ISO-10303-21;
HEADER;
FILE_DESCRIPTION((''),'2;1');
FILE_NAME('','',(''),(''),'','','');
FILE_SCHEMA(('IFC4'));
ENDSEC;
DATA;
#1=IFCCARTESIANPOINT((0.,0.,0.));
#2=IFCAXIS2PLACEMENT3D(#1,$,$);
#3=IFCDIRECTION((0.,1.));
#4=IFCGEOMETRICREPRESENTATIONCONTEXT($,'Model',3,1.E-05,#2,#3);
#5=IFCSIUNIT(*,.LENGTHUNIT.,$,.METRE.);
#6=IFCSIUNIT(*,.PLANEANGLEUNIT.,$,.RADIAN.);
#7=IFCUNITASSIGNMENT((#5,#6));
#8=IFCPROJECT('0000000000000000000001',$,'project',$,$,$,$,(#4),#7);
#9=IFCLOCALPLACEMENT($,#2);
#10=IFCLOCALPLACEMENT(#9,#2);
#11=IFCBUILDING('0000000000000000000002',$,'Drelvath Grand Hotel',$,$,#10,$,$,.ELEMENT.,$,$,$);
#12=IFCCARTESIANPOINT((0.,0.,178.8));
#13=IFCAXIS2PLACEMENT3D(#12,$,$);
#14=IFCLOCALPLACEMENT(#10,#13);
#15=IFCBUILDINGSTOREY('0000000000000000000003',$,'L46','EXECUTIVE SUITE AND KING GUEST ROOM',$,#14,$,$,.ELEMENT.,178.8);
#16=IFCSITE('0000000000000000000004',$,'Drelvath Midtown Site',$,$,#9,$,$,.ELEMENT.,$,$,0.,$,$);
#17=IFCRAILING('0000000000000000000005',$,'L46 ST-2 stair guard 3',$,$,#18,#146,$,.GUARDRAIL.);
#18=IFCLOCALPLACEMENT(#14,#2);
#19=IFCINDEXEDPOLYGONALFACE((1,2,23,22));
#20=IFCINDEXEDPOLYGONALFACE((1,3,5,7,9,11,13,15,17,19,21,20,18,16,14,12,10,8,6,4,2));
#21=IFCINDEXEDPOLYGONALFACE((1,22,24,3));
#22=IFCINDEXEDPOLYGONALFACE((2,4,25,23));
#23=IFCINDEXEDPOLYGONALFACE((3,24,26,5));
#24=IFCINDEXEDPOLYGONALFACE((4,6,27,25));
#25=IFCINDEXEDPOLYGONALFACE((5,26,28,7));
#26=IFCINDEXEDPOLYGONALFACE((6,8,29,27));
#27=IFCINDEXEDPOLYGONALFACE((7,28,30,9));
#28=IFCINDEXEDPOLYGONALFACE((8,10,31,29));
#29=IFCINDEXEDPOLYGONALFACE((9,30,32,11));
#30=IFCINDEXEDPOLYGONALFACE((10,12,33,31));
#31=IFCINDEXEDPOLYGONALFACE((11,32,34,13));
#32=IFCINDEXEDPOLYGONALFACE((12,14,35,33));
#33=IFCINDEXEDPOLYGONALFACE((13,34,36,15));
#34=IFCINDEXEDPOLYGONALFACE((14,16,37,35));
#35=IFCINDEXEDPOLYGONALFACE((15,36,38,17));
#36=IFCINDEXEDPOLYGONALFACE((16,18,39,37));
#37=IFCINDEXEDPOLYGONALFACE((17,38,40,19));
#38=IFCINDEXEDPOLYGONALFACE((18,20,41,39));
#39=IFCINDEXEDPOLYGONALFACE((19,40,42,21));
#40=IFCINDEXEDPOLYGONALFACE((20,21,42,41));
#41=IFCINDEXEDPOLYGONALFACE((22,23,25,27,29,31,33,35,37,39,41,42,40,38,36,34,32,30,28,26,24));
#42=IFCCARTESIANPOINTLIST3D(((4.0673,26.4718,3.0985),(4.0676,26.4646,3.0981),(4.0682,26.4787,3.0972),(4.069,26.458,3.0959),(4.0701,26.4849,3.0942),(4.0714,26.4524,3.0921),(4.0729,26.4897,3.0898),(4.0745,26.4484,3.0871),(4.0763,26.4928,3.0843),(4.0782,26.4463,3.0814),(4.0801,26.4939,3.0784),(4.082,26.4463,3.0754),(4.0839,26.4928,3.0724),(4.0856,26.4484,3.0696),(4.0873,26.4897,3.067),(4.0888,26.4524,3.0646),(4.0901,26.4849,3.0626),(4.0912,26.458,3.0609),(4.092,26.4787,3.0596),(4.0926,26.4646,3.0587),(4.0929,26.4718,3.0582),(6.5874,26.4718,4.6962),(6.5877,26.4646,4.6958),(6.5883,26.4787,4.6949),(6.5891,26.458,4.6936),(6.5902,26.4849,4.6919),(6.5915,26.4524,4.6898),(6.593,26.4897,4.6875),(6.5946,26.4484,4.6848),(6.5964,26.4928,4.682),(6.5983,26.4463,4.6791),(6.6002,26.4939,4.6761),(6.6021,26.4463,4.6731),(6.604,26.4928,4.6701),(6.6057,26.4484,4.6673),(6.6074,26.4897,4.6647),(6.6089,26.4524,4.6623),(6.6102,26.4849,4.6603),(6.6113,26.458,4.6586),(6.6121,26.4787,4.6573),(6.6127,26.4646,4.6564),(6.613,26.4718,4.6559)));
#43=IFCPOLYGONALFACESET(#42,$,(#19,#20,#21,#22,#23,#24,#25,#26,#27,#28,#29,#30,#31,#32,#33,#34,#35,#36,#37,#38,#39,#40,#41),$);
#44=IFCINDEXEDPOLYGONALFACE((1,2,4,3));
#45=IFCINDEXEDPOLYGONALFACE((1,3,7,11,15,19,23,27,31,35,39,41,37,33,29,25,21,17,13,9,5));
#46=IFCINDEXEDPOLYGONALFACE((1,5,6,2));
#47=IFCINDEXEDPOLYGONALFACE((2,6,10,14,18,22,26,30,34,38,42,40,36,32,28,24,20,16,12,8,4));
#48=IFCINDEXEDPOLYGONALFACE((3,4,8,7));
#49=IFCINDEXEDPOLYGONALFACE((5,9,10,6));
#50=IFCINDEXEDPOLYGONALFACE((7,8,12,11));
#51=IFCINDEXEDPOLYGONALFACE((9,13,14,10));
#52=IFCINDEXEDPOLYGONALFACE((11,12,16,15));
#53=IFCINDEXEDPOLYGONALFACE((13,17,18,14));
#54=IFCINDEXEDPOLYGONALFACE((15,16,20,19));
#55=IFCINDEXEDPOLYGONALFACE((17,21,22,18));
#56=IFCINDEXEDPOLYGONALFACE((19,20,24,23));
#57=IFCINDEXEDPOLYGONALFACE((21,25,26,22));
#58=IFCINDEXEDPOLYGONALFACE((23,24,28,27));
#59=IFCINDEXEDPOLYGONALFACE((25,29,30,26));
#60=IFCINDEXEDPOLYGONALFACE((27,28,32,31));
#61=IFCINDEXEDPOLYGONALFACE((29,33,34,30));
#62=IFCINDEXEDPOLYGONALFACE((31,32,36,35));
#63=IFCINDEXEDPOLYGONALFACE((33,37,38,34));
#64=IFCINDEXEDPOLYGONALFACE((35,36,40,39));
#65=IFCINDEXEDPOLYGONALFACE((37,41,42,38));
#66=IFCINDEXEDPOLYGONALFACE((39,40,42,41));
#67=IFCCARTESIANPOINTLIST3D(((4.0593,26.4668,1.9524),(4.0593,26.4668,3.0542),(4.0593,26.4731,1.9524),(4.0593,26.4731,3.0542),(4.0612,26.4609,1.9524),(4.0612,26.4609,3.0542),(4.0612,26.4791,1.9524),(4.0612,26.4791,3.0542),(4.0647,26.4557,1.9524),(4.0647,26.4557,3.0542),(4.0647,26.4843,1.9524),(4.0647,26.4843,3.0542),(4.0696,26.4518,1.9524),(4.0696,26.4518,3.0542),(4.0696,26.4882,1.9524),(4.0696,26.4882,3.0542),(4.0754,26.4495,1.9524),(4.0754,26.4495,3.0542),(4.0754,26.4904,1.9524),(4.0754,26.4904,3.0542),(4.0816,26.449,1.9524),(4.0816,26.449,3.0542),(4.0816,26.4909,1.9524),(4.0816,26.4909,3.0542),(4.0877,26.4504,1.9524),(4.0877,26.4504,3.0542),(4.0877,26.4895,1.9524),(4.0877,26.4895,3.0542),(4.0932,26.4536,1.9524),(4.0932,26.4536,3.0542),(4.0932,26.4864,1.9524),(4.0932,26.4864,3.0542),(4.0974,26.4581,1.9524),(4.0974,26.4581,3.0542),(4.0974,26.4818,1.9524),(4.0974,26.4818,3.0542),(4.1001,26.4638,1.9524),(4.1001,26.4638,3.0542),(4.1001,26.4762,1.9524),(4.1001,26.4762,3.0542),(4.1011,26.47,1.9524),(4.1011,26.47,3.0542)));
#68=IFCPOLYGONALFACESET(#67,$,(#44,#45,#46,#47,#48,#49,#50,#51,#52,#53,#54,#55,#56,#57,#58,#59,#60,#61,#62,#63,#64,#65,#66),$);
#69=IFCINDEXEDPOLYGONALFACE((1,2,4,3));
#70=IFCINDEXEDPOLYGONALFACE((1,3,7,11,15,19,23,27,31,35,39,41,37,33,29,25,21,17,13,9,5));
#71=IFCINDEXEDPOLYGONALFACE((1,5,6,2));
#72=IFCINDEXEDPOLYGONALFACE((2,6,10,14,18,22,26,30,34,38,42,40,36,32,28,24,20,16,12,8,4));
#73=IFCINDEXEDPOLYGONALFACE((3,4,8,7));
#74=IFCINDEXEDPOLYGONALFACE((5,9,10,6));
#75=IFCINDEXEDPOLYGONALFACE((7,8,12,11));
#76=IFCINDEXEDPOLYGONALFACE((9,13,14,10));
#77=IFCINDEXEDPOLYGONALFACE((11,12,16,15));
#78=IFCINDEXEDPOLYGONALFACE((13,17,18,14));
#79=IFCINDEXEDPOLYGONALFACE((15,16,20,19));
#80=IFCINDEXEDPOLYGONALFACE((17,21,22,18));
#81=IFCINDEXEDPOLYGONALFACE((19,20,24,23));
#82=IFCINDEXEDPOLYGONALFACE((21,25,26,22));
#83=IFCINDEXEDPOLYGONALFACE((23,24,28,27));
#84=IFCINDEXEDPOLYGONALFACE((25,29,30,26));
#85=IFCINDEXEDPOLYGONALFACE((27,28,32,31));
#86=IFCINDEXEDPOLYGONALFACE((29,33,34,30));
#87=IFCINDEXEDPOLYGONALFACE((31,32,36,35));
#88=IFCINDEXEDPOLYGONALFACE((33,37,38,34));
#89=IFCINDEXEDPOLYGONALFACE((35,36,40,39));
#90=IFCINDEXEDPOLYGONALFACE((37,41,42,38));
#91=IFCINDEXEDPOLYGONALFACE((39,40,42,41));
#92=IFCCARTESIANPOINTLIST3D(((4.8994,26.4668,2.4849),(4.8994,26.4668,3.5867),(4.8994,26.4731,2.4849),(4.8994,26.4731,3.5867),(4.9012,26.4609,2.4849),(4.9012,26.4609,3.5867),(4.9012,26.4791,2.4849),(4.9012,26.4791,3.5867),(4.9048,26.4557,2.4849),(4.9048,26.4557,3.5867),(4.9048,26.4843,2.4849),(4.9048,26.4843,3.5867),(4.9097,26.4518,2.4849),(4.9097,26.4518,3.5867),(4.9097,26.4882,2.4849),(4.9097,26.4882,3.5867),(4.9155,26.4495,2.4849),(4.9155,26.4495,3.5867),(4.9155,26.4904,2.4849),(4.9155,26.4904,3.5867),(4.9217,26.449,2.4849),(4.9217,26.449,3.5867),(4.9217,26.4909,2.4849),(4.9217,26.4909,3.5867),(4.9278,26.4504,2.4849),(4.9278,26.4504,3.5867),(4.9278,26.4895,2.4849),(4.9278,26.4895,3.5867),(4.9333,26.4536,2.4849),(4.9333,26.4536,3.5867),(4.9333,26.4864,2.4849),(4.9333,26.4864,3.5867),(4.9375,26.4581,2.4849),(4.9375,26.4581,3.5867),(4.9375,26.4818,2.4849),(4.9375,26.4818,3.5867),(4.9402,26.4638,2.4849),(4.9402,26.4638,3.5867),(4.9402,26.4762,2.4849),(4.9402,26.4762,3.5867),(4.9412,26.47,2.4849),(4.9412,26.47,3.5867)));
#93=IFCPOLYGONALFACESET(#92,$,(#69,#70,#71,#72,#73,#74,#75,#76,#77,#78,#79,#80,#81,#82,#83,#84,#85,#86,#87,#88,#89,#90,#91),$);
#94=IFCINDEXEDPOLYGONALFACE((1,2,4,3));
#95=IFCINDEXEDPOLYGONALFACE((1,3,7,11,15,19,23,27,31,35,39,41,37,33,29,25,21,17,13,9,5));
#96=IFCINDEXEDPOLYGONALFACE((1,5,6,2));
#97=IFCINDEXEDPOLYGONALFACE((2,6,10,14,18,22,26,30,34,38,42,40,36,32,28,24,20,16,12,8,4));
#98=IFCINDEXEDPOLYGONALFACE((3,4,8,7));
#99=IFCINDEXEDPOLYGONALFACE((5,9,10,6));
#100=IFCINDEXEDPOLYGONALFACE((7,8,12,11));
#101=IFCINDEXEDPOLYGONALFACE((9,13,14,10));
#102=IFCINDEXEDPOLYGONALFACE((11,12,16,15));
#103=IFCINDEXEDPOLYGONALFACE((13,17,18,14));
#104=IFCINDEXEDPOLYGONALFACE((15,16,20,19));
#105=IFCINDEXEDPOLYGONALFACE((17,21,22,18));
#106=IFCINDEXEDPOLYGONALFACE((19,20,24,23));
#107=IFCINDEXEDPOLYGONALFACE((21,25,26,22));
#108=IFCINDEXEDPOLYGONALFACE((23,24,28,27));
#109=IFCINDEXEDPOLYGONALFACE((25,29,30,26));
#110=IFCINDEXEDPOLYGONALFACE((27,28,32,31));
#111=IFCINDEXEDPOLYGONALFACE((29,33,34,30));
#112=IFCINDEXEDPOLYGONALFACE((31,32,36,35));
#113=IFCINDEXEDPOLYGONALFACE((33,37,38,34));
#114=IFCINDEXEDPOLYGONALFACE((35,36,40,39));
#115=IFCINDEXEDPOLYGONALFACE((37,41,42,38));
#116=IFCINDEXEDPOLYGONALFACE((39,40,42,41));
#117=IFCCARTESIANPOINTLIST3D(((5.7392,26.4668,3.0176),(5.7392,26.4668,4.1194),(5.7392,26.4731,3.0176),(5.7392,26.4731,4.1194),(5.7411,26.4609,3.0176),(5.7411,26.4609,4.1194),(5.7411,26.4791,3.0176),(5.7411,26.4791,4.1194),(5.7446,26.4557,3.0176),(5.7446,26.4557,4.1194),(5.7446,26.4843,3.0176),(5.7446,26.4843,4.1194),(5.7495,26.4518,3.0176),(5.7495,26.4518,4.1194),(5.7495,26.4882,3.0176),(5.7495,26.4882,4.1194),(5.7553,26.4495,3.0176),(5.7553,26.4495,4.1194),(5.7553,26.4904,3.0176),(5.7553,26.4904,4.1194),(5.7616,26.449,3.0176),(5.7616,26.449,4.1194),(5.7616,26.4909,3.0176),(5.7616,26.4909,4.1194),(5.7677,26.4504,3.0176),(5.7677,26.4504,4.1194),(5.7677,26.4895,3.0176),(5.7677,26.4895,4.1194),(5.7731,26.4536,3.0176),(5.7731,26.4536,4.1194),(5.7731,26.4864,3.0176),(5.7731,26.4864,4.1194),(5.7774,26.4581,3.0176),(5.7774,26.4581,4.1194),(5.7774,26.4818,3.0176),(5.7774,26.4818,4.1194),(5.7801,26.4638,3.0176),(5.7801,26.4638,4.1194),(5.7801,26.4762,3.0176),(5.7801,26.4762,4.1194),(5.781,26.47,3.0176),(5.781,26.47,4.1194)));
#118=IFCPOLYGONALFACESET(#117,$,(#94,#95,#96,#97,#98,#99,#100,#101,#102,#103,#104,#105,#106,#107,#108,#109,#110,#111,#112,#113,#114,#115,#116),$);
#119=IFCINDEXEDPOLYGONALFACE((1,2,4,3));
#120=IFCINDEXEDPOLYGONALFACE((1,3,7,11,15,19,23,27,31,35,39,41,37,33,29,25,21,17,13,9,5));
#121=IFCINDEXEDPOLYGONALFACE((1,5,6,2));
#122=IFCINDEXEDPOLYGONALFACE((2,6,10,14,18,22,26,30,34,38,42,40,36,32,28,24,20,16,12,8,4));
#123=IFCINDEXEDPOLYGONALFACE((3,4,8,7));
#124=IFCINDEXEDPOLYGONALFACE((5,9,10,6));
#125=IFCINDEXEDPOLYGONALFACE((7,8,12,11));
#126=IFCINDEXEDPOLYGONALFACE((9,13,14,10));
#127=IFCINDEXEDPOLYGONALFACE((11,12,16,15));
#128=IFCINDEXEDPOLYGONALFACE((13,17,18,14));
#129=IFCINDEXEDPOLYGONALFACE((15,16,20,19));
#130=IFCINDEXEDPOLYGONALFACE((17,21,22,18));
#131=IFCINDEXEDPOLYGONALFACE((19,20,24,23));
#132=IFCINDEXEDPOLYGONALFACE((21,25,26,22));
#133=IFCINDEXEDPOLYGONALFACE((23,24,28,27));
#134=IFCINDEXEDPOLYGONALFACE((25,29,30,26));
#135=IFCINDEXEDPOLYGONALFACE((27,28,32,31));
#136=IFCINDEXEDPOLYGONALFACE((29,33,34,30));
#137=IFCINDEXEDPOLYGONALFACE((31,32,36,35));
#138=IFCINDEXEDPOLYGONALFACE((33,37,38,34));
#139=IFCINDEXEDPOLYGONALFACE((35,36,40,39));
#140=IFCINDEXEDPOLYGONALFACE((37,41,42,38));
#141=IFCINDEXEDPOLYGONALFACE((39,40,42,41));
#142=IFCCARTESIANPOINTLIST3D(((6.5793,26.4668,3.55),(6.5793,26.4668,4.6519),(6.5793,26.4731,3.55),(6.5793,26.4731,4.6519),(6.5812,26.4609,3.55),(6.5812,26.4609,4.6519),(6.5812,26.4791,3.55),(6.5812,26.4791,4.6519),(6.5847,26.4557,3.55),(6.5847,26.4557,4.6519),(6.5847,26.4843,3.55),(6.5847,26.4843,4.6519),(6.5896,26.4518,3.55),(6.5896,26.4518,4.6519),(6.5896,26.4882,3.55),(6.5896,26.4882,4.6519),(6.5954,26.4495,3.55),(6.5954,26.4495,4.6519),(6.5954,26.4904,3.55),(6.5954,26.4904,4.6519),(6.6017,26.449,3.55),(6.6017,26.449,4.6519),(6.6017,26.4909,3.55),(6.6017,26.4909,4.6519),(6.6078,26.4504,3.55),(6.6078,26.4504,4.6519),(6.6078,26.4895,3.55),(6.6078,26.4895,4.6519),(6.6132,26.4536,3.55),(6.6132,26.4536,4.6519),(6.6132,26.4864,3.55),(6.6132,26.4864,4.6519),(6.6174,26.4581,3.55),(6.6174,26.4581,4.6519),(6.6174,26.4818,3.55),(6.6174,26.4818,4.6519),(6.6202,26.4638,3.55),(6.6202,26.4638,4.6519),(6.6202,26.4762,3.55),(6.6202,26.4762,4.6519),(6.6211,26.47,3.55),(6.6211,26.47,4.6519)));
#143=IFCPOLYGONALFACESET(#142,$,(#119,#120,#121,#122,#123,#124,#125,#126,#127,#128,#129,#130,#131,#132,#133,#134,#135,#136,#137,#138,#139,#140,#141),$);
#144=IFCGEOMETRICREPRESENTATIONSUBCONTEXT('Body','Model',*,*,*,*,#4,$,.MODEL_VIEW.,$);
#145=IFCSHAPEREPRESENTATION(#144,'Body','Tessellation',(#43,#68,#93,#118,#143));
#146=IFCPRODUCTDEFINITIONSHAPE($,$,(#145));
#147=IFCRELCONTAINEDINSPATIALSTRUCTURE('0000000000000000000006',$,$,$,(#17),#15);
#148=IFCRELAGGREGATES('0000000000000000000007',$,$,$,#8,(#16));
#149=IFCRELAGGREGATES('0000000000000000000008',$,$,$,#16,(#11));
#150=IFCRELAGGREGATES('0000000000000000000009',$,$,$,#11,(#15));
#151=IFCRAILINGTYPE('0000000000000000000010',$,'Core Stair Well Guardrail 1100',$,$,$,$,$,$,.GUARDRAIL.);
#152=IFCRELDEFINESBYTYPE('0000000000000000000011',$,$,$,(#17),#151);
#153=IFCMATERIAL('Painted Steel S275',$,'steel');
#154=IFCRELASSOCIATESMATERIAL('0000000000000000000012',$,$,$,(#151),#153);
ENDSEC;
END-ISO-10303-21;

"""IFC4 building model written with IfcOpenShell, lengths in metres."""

from ifc_helpers import new_model, si_unit, direction, frame, origin, origin_2d, place, context, subcontext, project, spatial, circle, extrude, material, type_object, element, save


model = new_model("IFC4")

# Units and contexts
model_context = context("Model", 3, precision=1e-05, world=origin(), true_north=direction((0.0, 1.0)))
body_context = subcontext(model_context, "Body", "Model", "MODEL_VIEW")
ifc_project = project(units=[si_unit("LENGTHUNIT", "METRE"), si_unit("PLANEANGLEUNIT", "RADIAN")], contexts=[model_context])

# Site, building, storey
site_placement = place(None, origin())
site = spatial("IfcSite", under=ifc_project, at=site_placement, Name="Drelvath Midtown Site", CompositionType="ELEMENT", RefElevation=0.0)
building_placement = place(site_placement, origin())
building = spatial("IfcBuilding", under=site, at=building_placement, Name="Drelvath Grand Hotel", CompositionType="ELEMENT")
storey_placement = place(building_placement, frame((0.0, 0.0, 178.8)))
storey = spatial("IfcBuildingStorey", under=building, at=storey_placement, Name="L46", Description="EXECUTIVE SUITE AND KING GUEST ROOM", CompositionType="ELEMENT", Elevation=178.8)

# Shared definitions
ifc_material_1 = material(Name="Painted Steel S275", Category="steel")

# Railing
railing_type_1 = type_object("IfcRailingType", Name="Core Stair Well Guardrail 1100", PredefinedType="GUARDRAIL", material=ifc_material_1)
railing_1_placement = place(storey_placement, frame((4.0801, 26.47, 1.9524)))
element("IfcRailing", 1, at=railing_1_placement, inside=storey, type_object=railing_type_1, Name="L46 ST-2 stair guard 3", PredefinedType="GUARDRAIL", context=body_context, shape_type="SweptSolid", body=[
    extrude(circle(Radius=0.0239, at=origin_2d()), frame((0.0, 0.0, 1.126), z_axis=(0.84457, 0.0, 0.535445), x_axis=(0.0, 1.0, 0.0)), (0.0, 0.0, 1.0), 2.9839),
    extrude(circle(Radius=0.021, at=origin_2d()), origin(), (0.0, 0.0, 1.0), 1.1018),
    extrude(circle(Radius=0.021, at=origin_2d()), frame((0.8401, 0.0, 0.5325)), (0.0, 0.0, 1.0), 1.1018),
    extrude(circle(Radius=0.021, at=origin_2d()), frame((1.6799, 0.0, 1.0652)), (0.0, 0.0, 1.0), 1.1018),
    extrude(circle(Radius=0.021, at=origin_2d()), frame((2.52, 0.0, 1.5977)), (0.0, 0.0, 1.0), 1.1018),
])

save(model, "model.ifc")
